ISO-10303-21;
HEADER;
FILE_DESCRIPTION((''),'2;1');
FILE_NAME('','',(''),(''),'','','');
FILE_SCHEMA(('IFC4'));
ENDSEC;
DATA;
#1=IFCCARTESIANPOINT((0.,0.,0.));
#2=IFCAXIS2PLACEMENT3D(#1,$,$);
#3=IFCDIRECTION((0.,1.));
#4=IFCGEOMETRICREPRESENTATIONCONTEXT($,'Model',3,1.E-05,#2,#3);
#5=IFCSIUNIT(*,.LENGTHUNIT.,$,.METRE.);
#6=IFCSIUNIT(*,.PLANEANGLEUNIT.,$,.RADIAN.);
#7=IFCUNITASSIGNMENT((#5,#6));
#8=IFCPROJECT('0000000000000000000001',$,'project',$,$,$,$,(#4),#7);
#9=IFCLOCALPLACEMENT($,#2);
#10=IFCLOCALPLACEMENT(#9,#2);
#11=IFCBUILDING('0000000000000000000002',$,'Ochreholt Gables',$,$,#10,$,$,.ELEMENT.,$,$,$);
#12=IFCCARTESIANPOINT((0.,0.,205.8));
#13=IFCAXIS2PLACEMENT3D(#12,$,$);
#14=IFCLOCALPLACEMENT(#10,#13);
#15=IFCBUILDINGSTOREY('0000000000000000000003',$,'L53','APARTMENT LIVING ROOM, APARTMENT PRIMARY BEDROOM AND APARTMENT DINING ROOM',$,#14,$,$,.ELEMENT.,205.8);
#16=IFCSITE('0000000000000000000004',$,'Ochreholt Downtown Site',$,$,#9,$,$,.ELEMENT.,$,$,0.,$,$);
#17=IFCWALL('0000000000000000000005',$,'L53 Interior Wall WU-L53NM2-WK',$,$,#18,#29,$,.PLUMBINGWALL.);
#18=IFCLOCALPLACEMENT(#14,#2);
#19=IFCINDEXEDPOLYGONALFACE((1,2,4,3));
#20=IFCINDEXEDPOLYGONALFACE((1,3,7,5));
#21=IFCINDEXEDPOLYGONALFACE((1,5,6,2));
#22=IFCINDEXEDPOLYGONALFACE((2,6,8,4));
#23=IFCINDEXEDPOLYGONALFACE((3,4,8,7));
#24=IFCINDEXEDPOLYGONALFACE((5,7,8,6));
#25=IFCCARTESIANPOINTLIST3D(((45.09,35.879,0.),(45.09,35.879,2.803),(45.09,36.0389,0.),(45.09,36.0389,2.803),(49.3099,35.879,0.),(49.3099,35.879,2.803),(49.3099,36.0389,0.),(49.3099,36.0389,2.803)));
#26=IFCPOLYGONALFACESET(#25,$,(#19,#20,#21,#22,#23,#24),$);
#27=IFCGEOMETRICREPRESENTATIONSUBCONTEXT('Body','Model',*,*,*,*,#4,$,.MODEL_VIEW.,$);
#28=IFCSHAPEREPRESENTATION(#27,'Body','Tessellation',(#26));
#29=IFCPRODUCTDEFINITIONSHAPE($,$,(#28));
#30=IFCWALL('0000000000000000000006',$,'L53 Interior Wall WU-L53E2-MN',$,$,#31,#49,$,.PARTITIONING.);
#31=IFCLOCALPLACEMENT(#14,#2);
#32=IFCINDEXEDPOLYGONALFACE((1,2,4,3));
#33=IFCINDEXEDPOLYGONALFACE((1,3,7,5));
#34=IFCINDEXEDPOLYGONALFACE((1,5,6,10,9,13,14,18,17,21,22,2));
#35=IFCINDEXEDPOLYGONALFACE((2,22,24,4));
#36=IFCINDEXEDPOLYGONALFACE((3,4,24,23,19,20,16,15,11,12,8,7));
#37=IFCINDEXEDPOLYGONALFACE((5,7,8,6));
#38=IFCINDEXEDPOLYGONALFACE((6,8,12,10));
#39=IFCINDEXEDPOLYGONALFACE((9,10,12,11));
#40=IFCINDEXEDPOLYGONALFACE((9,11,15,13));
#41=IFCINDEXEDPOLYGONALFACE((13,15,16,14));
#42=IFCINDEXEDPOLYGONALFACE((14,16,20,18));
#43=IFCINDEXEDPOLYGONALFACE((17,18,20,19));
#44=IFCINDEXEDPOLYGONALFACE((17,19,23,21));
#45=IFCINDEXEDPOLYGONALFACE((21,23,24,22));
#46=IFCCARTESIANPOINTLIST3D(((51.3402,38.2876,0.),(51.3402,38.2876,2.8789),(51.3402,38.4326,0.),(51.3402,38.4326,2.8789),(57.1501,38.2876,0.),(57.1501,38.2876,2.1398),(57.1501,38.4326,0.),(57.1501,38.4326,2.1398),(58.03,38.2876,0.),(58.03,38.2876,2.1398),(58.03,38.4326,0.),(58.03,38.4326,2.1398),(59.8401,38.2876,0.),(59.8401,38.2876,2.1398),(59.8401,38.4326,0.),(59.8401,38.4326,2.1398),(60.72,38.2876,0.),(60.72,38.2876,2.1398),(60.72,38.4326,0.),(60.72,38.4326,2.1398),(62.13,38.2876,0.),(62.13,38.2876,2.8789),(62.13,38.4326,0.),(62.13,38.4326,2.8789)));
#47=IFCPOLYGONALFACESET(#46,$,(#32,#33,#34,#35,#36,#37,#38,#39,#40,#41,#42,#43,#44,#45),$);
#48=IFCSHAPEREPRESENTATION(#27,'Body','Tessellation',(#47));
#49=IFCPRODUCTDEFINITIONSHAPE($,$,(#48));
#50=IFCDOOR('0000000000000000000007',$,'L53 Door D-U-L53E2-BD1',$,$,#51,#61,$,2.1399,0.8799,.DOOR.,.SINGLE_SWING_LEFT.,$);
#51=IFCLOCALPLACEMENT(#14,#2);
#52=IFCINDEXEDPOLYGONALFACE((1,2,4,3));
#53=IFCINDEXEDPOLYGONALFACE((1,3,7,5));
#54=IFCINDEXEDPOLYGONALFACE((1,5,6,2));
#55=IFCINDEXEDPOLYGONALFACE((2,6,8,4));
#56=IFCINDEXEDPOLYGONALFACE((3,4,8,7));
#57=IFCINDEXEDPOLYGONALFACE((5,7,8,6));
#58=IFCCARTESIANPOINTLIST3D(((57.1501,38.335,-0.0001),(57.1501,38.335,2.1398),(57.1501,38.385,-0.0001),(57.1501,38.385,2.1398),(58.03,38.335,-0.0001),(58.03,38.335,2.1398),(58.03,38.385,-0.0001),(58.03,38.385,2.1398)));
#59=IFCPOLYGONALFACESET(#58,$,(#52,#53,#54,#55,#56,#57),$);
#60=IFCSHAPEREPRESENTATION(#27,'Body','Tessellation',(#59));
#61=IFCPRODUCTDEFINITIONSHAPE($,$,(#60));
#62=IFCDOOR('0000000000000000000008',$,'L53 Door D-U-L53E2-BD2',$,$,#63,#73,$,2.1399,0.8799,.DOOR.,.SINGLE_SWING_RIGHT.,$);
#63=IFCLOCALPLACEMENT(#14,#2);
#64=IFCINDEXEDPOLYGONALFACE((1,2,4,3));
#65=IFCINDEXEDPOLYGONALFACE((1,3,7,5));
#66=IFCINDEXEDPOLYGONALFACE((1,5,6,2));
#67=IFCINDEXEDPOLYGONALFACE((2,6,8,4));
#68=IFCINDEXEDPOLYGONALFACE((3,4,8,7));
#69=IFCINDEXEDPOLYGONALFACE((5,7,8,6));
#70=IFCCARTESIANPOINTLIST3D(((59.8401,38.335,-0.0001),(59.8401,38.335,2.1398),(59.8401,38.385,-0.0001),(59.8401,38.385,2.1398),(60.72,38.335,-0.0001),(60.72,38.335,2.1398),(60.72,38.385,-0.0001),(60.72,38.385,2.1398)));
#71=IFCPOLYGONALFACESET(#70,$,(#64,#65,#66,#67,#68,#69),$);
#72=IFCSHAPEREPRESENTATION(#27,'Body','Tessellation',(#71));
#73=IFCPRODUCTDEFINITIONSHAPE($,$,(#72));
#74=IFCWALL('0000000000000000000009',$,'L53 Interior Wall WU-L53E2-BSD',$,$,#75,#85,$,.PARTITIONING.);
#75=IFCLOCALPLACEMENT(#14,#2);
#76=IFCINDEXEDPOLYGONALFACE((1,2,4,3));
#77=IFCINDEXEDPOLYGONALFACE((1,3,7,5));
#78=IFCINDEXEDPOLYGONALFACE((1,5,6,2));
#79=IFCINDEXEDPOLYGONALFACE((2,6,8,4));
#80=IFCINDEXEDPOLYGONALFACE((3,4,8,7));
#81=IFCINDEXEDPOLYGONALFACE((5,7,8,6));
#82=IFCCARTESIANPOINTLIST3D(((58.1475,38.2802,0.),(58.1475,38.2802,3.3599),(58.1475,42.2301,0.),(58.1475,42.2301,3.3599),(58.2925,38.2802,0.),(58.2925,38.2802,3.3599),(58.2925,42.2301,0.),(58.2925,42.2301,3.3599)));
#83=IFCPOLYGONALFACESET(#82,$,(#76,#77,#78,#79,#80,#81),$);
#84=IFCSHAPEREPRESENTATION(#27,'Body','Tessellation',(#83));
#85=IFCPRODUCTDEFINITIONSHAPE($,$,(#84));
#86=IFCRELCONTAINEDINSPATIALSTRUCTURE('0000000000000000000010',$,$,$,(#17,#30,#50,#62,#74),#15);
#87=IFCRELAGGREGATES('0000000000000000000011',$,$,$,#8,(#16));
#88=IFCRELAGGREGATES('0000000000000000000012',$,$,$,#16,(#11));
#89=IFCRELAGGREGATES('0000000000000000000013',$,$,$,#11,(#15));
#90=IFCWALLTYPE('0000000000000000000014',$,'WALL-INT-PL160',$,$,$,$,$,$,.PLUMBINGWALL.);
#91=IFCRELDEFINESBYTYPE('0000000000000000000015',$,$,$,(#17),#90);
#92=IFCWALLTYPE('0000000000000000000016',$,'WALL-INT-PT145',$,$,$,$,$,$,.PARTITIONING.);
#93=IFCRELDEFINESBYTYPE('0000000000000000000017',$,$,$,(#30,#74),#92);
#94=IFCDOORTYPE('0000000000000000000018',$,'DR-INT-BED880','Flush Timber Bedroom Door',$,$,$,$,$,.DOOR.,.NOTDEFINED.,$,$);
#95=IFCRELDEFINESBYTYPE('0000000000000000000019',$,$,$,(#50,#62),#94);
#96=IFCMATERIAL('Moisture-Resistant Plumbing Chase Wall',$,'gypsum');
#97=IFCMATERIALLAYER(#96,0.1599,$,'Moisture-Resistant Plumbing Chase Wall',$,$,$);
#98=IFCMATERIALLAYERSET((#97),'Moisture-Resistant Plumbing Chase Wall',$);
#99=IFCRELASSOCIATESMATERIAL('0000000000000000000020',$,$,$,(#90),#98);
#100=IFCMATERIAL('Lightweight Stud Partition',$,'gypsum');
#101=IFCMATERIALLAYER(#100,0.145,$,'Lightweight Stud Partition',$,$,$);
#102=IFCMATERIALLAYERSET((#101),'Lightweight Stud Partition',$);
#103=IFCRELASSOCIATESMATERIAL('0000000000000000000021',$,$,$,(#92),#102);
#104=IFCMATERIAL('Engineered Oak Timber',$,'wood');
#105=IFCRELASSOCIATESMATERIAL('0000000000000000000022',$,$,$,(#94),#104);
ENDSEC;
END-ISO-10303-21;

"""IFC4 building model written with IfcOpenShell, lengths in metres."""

from ifc_helpers import new_model, si_unit, direction, frame, frame_2d, origin, place, context, subcontext, project, spatial, rectangle, extrude, material, layer, layer_set, type_object, element, fill, save


model = new_model("IFC4")

# Units and contexts
model_context = context("Model", 3, precision=1e-05, world=origin(), true_north=direction((0.0, 1.0)))
body_context = subcontext(model_context, "Body", "Model", "MODEL_VIEW")
ifc_project = project(units=[si_unit("LENGTHUNIT", "METRE"), si_unit("PLANEANGLEUNIT", "RADIAN")], contexts=[model_context])

# Site, building, storey
site_placement = place(None, origin())
site = spatial("IfcSite", under=ifc_project, at=site_placement, Name="Ochreholt Downtown Site", CompositionType="ELEMENT", RefElevation=0.0)
building_placement = place(site_placement, origin())
building = spatial("IfcBuilding", under=site, at=building_placement, Name="Ochreholt Gables", CompositionType="ELEMENT")
storey_placement = place(building_placement, frame((0.0, 0.0, 205.8)))
storey = spatial("IfcBuildingStorey", under=building, at=storey_placement, Name="L53", Description="APARTMENT LIVING ROOM, APARTMENT PRIMARY BEDROOM AND APARTMENT DINING ROOM", CompositionType="ELEMENT", Elevation=205.8)

# Wall
ifc_material_1 = material(Name="Moisture-Resistant Plumbing Chase Wall", Category="gypsum")
ifc_layer_1 = layer(ifc_material_1, 0.1599, Name="Moisture-Resistant Plumbing Chase Wall")
ifc_layer_set_1 = layer_set([ifc_layer_1], Name="Moisture-Resistant Plumbing Chase Wall")
wall_type_1 = type_object("IfcWallType", Name="WALL-INT-PL160", PredefinedType="PLUMBINGWALL", material=ifc_layer_set_1)
wall_1_placement = place(storey_placement, frame((45.0901, 35.959, 0.0), z_axis=(0.0, 0.0, 1.0), x_axis=(1.0, 0.0, 0.0)))
element("IfcWall", 1, at=wall_1_placement, inside=storey, type_object=wall_type_1, Name="L53 Interior Wall WU-L53NM2-WK", PredefinedType="PLUMBINGWALL", context=body_context, shape_type="SweptSolid", body=[
    extrude(rectangle(XDim=4.22, YDim=0.1599, at=frame_2d((2.1099, 0.0))), origin(), (0.0, 0.0, 1.0), 2.803),
])

# Wall, openings, doors
ifc_material_2 = material(Name="Lightweight Stud Partition", Category="gypsum")
ifc_layer_2 = layer(ifc_material_2, 0.145, Name="Lightweight Stud Partition")
ifc_layer_set_2 = layer_set([ifc_layer_2], Name="Lightweight Stud Partition")
wall_type_2 = type_object("IfcWallType", Name="WALL-INT-PT145", PredefinedType="PARTITIONING", material=ifc_layer_set_2)
wall_2_placement = place(storey_placement, frame((51.3401, 38.3601, 0.0), z_axis=(0.0, 0.0, 1.0), x_axis=(1.0, 0.0, 0.0)))
wall_2 = element("IfcWall", 2, at=wall_2_placement, inside=storey, type_object=wall_type_2, Name="L53 Interior Wall WU-L53E2-MN", PredefinedType="PARTITIONING", context=body_context, shape_type="SweptSolid", body=[
    extrude(rectangle(XDim=10.7898, YDim=0.145, at=frame_2d((5.395, 0.0))), origin(), (0.0, 0.0, 1.0), 2.8789),
])
opening_1_placement = place(wall_2_placement, frame((5.8101, 0.0, 0.0)))
opening_1 = element("IfcOpeningElement", 3, at=opening_1_placement, cuts=wall_2, PredefinedType="OPENING", context=body_context, shape_type="SweptSolid", body=[
    extrude(rectangle(XDim=0.8799, YDim=2.1399, at=frame_2d((0.4399, 1.0698))), frame((0.0, 0.0825, 0.0), z_axis=(0.0, -1.0, 0.0), x_axis=(1.0, 0.0, 0.0)), (0.0, 0.0, 1.0), 0.165),
])
opening_2_placement = place(wall_2_placement, frame((8.5, 0.0, 0.0)))
opening_2 = element("IfcOpeningElement", 4, at=opening_2_placement, cuts=wall_2, PredefinedType="OPENING", context=body_context, shape_type="SweptSolid", body=[
    extrude(rectangle(XDim=0.8799, YDim=2.1399, at=frame_2d((0.4399, 1.0698))), frame((0.0, 0.0825, 0.0), z_axis=(0.0, -1.0, 0.0), x_axis=(1.0, 0.0, 0.0)), (0.0, 0.0, 1.0), 0.165),
])
ifc_material_3 = material(Name="Engineered Oak Timber", Category="wood")
door_type = type_object("IfcDoorType", Name="DR-INT-BED880", Description="Flush Timber Bedroom Door", OperationType="NOTDEFINED", PredefinedType="DOOR", material=ifc_material_3)
door_1_placement = place(opening_1_placement, origin())
door_1 = element("IfcDoor", 5, at=door_1_placement, inside=storey, type_object=door_type, Name="L53 Door D-U-L53E2-BD1", OperationType="SINGLE_SWING_LEFT", OverallHeight=2.1399, OverallWidth=0.8799, PredefinedType="DOOR", context=body_context, shape_type="SweptSolid", body=[
    extrude(rectangle(XDim=0.8799, YDim=2.1399, at=frame_2d((0.4399, 1.0698))), frame((0.0, 0.0249, 0.0), z_axis=(0.0, -1.0, 0.0), x_axis=(1.0, 0.0, 0.0)), (0.0, 0.0, 1.0), 0.05),
])
fill(opening_1, door_1)
door_2_placement = place(opening_2_placement, origin())
door_2 = element("IfcDoor", 6, at=door_2_placement, inside=storey, type_object=door_type, Name="L53 Door D-U-L53E2-BD2", OperationType="SINGLE_SWING_RIGHT", OverallHeight=2.1399, OverallWidth=0.8799, PredefinedType="DOOR", context=body_context, shape_type="SweptSolid", body=[
    extrude(rectangle(XDim=0.8799, YDim=2.1399, at=frame_2d((0.4399, 1.0698))), frame((0.0, 0.0249, 0.0), z_axis=(0.0, -1.0, 0.0), x_axis=(1.0, 0.0, 0.0)), (0.0, 0.0, 1.0), 0.05),
])
fill(opening_2, door_2)

# Wall
wall_3_placement = place(storey_placement, frame((58.22, 38.28, 0.0), z_axis=(0.0, 0.0, 1.0), x_axis=(0.0, 1.0, 0.0)))
element("IfcWall", 7, at=wall_3_placement, inside=storey, type_object=wall_type_2, Name="L53 Interior Wall WU-L53E2-BSD", PredefinedType="PARTITIONING", context=body_context, shape_type="SweptSolid", body=[
    extrude(rectangle(XDim=3.95, YDim=0.145, at=frame_2d((1.9751, 0.0))), origin(), (0.0, 0.0, 1.0), 3.3599),
])

save(model, "model.ifc")
